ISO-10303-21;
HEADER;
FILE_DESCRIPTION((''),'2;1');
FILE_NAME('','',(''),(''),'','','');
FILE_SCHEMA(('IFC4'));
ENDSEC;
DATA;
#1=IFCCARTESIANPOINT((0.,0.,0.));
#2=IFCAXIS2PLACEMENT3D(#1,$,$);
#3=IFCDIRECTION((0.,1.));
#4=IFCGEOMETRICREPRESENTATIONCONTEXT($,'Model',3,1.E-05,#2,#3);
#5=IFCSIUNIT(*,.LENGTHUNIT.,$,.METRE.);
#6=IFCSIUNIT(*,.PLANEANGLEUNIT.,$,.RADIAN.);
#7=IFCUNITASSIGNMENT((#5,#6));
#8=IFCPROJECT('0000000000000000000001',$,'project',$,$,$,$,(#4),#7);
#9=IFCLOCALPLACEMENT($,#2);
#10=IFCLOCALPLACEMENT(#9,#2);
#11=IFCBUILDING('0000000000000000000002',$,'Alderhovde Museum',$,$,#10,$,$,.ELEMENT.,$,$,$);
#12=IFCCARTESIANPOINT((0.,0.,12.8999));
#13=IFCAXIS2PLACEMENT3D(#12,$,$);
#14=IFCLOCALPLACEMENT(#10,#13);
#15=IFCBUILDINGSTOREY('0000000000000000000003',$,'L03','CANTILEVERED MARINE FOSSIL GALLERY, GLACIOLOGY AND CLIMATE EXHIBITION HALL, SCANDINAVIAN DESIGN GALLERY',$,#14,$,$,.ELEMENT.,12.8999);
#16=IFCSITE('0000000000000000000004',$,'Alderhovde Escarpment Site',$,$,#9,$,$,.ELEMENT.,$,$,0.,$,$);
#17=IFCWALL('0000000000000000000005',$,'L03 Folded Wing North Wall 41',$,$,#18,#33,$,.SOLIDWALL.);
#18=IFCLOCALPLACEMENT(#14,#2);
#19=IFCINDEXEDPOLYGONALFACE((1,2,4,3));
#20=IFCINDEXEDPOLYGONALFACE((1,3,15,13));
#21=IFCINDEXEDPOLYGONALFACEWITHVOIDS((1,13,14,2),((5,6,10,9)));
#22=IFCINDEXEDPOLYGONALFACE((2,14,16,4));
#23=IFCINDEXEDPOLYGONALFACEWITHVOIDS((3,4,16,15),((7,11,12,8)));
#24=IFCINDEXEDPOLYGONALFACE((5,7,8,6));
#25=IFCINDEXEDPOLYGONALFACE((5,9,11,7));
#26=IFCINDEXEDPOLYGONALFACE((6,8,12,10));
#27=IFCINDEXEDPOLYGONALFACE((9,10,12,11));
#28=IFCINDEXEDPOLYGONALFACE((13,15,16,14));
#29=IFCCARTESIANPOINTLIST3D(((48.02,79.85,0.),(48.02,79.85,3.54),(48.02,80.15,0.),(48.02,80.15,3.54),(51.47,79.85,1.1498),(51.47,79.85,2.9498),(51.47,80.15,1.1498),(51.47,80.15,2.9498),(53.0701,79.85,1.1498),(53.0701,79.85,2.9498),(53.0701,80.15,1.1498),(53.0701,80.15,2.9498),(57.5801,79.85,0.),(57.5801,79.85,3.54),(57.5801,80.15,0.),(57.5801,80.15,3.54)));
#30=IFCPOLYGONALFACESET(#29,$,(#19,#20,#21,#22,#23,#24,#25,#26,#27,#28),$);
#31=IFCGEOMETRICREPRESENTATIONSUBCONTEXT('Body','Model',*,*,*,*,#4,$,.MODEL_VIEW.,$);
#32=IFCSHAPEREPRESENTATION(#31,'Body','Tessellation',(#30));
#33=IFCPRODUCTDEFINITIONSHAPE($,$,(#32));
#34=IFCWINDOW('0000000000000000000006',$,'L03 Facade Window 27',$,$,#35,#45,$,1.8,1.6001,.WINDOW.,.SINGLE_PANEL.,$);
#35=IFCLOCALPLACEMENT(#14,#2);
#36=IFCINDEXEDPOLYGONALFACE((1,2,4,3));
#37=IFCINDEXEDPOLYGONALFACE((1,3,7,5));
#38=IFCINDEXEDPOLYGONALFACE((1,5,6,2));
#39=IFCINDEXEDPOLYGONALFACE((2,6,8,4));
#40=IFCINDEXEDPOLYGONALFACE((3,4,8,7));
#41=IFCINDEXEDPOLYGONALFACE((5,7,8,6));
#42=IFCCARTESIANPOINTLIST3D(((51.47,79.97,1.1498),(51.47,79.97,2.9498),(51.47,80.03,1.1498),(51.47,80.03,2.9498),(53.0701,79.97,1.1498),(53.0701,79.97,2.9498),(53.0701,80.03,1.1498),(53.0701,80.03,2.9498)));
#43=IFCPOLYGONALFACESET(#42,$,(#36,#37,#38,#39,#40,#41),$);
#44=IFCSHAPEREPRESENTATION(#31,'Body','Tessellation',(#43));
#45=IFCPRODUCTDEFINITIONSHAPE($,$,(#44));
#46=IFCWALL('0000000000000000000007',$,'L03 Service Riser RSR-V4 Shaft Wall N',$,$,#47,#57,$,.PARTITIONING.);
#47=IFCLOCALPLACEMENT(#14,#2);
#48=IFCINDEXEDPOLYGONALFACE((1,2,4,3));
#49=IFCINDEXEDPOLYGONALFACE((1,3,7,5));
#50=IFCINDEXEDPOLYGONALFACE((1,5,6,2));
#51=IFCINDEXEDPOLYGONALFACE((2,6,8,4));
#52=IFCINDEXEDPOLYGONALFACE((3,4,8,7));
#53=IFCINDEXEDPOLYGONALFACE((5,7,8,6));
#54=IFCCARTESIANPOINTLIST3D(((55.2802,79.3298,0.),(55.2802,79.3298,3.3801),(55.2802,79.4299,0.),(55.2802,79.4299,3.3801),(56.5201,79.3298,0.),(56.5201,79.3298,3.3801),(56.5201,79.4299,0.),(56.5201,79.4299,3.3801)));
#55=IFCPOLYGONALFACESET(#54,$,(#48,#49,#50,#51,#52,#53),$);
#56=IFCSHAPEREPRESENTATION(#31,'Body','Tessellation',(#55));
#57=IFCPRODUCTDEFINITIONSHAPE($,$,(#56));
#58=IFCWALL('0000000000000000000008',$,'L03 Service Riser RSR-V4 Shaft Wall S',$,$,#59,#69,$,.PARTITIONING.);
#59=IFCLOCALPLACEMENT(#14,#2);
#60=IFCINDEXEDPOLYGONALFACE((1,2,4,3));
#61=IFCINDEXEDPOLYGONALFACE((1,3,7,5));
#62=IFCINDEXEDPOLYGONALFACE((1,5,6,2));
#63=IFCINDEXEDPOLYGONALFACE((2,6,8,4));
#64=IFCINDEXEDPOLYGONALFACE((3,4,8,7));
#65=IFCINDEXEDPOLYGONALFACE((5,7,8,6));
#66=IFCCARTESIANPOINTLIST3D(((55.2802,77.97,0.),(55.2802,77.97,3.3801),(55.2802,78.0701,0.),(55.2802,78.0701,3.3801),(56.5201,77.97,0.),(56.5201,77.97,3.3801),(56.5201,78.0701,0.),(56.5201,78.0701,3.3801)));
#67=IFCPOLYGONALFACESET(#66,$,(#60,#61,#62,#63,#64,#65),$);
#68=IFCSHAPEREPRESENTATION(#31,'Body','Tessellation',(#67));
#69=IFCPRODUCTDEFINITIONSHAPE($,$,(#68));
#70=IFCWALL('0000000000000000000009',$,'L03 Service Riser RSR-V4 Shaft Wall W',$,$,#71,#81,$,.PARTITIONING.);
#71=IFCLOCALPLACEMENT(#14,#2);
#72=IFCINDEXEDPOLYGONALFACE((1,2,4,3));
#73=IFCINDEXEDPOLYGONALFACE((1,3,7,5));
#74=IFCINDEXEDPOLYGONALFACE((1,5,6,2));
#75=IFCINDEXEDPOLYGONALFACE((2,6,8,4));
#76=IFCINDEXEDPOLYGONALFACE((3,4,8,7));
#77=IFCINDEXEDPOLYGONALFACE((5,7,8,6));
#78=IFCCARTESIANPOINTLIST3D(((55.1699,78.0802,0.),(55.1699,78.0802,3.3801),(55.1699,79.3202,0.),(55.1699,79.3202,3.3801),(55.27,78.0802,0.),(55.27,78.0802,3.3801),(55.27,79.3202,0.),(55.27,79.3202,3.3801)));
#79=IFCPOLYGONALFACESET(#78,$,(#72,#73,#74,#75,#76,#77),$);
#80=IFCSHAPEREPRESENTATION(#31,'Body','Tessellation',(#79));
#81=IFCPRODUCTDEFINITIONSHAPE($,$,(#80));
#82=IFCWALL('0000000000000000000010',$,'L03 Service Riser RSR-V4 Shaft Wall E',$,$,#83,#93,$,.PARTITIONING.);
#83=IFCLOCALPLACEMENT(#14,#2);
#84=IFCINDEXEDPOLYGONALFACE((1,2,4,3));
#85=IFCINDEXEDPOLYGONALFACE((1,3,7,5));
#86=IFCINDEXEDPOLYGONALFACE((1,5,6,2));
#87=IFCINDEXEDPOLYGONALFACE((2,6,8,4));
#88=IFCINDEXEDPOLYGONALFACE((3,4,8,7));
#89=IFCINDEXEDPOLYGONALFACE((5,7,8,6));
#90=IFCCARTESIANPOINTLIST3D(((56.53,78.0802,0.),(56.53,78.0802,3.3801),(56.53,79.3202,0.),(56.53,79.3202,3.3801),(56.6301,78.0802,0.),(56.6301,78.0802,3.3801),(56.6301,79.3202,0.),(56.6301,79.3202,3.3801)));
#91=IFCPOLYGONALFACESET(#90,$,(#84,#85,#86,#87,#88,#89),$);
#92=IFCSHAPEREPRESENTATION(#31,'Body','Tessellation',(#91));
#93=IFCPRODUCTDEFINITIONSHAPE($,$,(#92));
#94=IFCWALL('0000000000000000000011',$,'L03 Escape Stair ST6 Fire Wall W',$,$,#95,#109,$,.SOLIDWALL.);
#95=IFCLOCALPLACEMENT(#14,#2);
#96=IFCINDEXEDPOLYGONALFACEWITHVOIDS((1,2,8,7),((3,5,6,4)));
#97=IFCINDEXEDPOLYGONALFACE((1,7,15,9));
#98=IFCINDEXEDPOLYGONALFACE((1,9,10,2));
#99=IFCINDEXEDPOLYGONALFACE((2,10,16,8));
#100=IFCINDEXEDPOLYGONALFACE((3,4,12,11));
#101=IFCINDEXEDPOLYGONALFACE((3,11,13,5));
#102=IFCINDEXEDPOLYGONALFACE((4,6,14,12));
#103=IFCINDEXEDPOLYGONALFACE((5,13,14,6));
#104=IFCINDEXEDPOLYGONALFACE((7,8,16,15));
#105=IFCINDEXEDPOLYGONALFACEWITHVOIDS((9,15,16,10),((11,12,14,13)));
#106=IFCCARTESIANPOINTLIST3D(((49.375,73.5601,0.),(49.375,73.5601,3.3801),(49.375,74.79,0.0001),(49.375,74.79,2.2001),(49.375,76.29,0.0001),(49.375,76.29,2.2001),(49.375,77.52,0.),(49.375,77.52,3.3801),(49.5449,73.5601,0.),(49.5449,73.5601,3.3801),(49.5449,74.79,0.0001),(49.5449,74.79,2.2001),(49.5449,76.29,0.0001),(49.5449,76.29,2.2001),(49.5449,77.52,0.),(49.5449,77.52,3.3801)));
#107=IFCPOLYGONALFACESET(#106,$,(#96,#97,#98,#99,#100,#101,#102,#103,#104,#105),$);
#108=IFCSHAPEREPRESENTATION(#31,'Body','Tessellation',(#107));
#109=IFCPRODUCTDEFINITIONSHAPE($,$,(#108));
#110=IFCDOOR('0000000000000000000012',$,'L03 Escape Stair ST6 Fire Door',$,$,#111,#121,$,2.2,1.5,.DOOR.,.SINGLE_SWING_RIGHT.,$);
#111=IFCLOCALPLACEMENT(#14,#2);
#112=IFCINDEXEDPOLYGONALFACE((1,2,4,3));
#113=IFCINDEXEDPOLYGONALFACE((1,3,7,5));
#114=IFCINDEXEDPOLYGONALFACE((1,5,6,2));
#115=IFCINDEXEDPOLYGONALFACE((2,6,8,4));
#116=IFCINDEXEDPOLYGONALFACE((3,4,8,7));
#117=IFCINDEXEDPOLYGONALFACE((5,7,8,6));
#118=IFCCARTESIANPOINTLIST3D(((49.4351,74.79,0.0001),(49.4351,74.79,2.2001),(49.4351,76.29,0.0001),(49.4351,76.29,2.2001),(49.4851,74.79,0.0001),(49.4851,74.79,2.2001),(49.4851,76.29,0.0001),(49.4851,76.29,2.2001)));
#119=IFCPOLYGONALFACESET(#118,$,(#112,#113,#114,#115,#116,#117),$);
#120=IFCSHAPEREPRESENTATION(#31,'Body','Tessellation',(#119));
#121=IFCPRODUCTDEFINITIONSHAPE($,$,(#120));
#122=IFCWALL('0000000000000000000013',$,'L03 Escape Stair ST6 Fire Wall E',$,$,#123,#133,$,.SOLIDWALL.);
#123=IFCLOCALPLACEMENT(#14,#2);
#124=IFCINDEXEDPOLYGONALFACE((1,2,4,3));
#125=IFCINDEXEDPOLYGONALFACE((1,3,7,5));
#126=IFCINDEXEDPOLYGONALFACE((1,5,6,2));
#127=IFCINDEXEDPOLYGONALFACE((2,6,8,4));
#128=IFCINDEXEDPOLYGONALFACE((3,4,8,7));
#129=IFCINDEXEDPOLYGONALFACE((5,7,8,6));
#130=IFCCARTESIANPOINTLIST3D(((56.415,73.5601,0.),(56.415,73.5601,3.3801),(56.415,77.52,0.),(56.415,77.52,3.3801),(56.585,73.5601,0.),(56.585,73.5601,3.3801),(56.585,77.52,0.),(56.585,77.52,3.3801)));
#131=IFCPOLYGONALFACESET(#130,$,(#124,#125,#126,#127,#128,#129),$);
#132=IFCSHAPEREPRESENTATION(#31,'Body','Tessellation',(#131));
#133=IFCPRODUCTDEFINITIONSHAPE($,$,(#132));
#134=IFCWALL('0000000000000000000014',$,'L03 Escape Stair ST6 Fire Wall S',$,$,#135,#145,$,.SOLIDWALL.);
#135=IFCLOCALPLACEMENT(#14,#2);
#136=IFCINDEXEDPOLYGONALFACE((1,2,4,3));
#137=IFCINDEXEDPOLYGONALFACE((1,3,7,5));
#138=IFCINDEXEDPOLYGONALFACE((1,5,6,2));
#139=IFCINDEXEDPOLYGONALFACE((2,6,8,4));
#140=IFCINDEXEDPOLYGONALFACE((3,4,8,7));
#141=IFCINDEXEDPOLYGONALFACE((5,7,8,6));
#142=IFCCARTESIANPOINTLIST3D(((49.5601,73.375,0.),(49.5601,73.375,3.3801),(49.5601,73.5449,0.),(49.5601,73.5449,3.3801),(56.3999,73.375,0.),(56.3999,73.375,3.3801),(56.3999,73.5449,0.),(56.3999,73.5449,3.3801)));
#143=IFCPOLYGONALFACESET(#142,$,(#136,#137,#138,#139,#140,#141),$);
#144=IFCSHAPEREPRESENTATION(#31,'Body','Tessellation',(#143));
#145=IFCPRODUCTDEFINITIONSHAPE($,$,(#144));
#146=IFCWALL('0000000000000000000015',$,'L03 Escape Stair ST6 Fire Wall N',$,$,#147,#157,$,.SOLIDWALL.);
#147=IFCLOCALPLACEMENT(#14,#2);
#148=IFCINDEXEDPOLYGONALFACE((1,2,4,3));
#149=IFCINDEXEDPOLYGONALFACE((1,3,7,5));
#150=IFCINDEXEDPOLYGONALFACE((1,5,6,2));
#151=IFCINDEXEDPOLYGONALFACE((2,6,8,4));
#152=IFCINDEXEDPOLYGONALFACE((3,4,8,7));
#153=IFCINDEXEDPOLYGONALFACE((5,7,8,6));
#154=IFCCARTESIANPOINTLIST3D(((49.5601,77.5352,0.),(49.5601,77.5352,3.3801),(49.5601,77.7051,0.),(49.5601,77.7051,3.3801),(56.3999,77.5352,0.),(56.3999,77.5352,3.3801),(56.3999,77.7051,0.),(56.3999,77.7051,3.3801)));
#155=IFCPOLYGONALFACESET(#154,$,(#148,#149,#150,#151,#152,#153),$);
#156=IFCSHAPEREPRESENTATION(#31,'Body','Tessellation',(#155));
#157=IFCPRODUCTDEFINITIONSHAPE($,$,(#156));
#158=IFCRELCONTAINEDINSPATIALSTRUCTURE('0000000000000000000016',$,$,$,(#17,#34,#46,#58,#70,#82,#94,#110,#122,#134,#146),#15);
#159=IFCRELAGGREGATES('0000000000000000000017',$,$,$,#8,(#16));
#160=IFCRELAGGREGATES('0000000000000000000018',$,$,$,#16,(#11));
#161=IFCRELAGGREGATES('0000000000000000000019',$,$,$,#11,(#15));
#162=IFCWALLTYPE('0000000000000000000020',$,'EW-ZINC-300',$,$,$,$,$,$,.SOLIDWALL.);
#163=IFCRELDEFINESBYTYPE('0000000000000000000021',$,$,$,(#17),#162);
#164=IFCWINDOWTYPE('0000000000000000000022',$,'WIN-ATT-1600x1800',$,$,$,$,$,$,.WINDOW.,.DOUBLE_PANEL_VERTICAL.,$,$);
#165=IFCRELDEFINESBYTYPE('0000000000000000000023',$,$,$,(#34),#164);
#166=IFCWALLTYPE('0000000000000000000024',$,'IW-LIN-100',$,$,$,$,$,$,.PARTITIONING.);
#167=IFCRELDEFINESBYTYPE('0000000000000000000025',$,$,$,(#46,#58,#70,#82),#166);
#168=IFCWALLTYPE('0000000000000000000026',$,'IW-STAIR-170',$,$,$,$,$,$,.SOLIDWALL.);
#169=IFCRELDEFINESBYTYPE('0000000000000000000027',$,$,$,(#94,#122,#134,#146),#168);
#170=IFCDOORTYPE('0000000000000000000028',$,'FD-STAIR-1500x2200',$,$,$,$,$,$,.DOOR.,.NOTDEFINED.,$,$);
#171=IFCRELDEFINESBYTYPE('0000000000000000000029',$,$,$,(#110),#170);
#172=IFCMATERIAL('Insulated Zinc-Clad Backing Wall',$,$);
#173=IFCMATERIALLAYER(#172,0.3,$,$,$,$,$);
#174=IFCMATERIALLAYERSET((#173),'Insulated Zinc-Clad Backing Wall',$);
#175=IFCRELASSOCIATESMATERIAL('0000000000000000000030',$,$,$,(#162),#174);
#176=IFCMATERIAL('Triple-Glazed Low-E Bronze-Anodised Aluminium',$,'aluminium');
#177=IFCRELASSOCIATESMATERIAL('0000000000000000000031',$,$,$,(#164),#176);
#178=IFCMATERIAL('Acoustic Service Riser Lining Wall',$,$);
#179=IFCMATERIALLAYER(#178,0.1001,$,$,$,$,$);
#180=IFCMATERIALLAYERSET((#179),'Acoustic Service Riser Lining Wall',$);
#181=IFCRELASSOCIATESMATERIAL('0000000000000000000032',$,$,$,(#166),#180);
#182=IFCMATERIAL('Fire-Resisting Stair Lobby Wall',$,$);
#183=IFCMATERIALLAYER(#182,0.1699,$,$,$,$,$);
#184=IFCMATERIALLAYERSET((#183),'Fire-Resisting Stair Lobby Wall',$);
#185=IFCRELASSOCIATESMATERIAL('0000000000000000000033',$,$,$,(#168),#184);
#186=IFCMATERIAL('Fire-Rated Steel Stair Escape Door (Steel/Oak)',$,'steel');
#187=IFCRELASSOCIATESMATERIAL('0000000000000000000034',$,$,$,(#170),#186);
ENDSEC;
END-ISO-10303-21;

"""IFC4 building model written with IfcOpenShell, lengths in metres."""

from ifc_helpers import new_model, si_unit, direction, frame, frame_2d, origin, place, context, subcontext, project, spatial, rectangle, extrude, material, layer, layer_set, type_object, element, fill, save


model = new_model("IFC4")

# Units and contexts
model_context = context("Model", 3, precision=1e-05, world=origin(), true_north=direction((0.0, 1.0)))
body_context = subcontext(model_context, "Body", "Model", "MODEL_VIEW")
ifc_project = project(units=[si_unit("LENGTHUNIT", "METRE"), si_unit("PLANEANGLEUNIT", "RADIAN")], contexts=[model_context])

# Site, building, storey
site_placement = place(None, origin())
site = spatial("IfcSite", under=ifc_project, at=site_placement, Name="Alderhovde Escarpment Site", CompositionType="ELEMENT", RefElevation=0.0)
building_placement = place(site_placement, origin())
building = spatial("IfcBuilding", under=site, at=building_placement, Name="Alderhovde Museum", CompositionType="ELEMENT")
storey_placement = place(building_placement, frame((0.0, 0.0, 12.8999)))
storey = spatial("IfcBuildingStorey", under=building, at=storey_placement, Name="L03", Description="CANTILEVERED MARINE FOSSIL GALLERY, GLACIOLOGY AND CLIMATE EXHIBITION HALL, SCANDINAVIAN DESIGN GALLERY", CompositionType="ELEMENT", Elevation=12.8999)

# Wall, opening, window
ifc_material_1 = material(Name="Insulated Zinc-Clad Backing Wall")
ifc_layer_1 = layer(ifc_material_1, 0.3)
ifc_layer_set_1 = layer_set([ifc_layer_1], Name="Insulated Zinc-Clad Backing Wall")
wall_type_1 = type_object("IfcWallType", Name="EW-ZINC-300", PredefinedType="SOLIDWALL", material=ifc_layer_set_1)
wall_1_placement = place(storey_placement, frame((48.02, 80.0, 0.0), z_axis=(0.0, 0.0, 1.0), x_axis=(1.0, 0.0, 0.0)))
wall_1 = element("IfcWall", 1, at=wall_1_placement, inside=storey, type_object=wall_type_1, Name="L03 Folded Wing North Wall 41", PredefinedType="SOLIDWALL", context=body_context, shape_type="SweptSolid", body=[
    extrude(rectangle(XDim=9.5601, YDim=0.3, at=frame_2d((4.78, 0.0))), origin(), (0.0, 0.0, 1.0), 3.54),
])
opening_1_placement = place(wall_1_placement, frame((3.45, 0.0, 1.1499)))
opening_1 = element("IfcOpeningElement", 2, at=opening_1_placement, cuts=wall_1, PredefinedType="OPENING", context=body_context, shape_type="SweptSolid", body=[
    extrude(rectangle(XDim=1.6001, YDim=1.8, at=frame_2d((0.8, 0.8999))), frame((0.0, 0.1599, 0.0), z_axis=(0.0, -1.0, 0.0), x_axis=(1.0, 0.0, 0.0)), (0.0, 0.0, 1.0), 0.3201),
])
ifc_material_2 = material(Name="Triple-Glazed Low-E Bronze-Anodised Aluminium", Category="aluminium")
window_type_1 = type_object("IfcWindowType", Name="WIN-ATT-1600x1800", PartitioningType="DOUBLE_PANEL_VERTICAL", PredefinedType="WINDOW", material=ifc_material_2)
window_1_placement = place(opening_1_placement, origin())
window_1 = element("IfcWindow", 3, at=window_1_placement, inside=storey, type_object=window_type_1, Name="L03 Facade Window 27", OverallHeight=1.8, OverallWidth=1.6001, PartitioningType="SINGLE_PANEL", PredefinedType="WINDOW", context=body_context, shape_type="SweptSolid", body=[
    extrude(rectangle(XDim=1.6001, YDim=1.8, at=frame_2d((0.8, 0.8999))), frame((0.0, 0.03, 0.0), z_axis=(0.0, -1.0, 0.0), x_axis=(1.0, 0.0, 0.0)), (0.0, 0.0, 1.0), 0.0601),
])
fill(opening_1, window_1)

# Walls
ifc_material_3 = material(Name="Acoustic Service Riser Lining Wall")
ifc_layer_2 = layer(ifc_material_3, 0.1001)
ifc_layer_set_2 = layer_set([ifc_layer_2], Name="Acoustic Service Riser Lining Wall")
wall_type_2 = type_object("IfcWallType", Name="IW-LIN-100", PredefinedType="PARTITIONING", material=ifc_layer_set_2)
for number, where, z_axis, x_axis, name in (
    (4, (55.28, 79.3799, 0.0), (0.0, 0.0, 1.0), (1.0, 0.0, 0.0), "L03 Service Riser RSR-V4 Shaft Wall N"),
    (5, (55.28, 78.02, 0.0), (0.0, 0.0, 1.0), (1.0, 0.0, 0.0), "L03 Service Riser RSR-V4 Shaft Wall S"),
    (6, (55.22, 78.0801, 0.0), (0.0, 0.0, 1.0), (0.0, 1.0, 0.0), "L03 Service Riser RSR-V4 Shaft Wall W"),
    (7, (56.5801, 78.0801, 0.0), (0.0, 0.0, 1.0), (0.0, 1.0, 0.0), "L03 Service Riser RSR-V4 Shaft Wall E"),
):
    element("IfcWall", number, at=place(storey_placement, frame(where, z_axis=z_axis, x_axis=x_axis)), inside=storey, type_object=wall_type_2, Name=name, PredefinedType="PARTITIONING", context=body_context, shape_type="SweptSolid", body=[
        extrude(rectangle(XDim=1.24, YDim=0.1001, at=frame_2d((0.6201, 0.0))), origin(), (0.0, 0.0, 1.0), 3.3801),
    ])

# Wall, opening, door
ifc_material_4 = material(Name="Fire-Resisting Stair Lobby Wall")
ifc_layer_3 = layer(ifc_material_4, 0.1699)
ifc_layer_set_3 = layer_set([ifc_layer_3], Name="Fire-Resisting Stair Lobby Wall")
wall_type_3 = type_object("IfcWallType", Name="IW-STAIR-170", PredefinedType="SOLIDWALL", material=ifc_layer_set_3)
wall_2_placement = place(storey_placement, frame((49.46, 73.5601, 0.0), z_axis=(0.0, 0.0, 1.0), x_axis=(0.0, 1.0, 0.0)))
wall_2 = element("IfcWall", 8, at=wall_2_placement, inside=storey, type_object=wall_type_3, Name="L03 Escape Stair ST6 Fire Wall W", PredefinedType="SOLIDWALL", context=body_context, shape_type="SweptSolid", body=[
    extrude(rectangle(XDim=3.96, YDim=0.1699, at=frame_2d((1.98, 0.0))), origin(), (0.0, 0.0, 1.0), 3.3801),
])
opening_2_placement = place(wall_2_placement, frame((1.23, 0.0, 0.0)))
opening_2 = element("IfcOpeningElement", 9, at=opening_2_placement, cuts=wall_2, PredefinedType="OPENING", context=body_context, shape_type="SweptSolid", body=[
    extrude(rectangle(XDim=1.5, YDim=2.2, at=frame_2d((0.75, 1.1001))), frame((0.0, 0.095, 0.0), z_axis=(0.0, -1.0, 0.0), x_axis=(1.0, 0.0, 0.0)), (0.0, 0.0, 1.0), 0.1899),
])
ifc_material_5 = material(Name="Fire-Rated Steel Stair Escape Door (Steel/Oak)", Category="steel")
door_type = type_object("IfcDoorType", Name="FD-STAIR-1500x2200", OperationType="NOTDEFINED", PredefinedType="DOOR", material=ifc_material_5)
door_placement = place(opening_2_placement, origin())
door = element("IfcDoor", 10, at=door_placement, inside=storey, type_object=door_type, Name="L03 Escape Stair ST6 Fire Door", OperationType="SINGLE_SWING_RIGHT", OverallHeight=2.2, OverallWidth=1.5, PredefinedType="DOOR", context=body_context, shape_type="SweptSolid", body=[
    extrude(rectangle(XDim=1.5, YDim=2.2, at=frame_2d((0.75, 1.1001))), frame((0.0, 0.0249, 0.0), z_axis=(0.0, -1.0, 0.0), x_axis=(1.0, 0.0, 0.0)), (0.0, 0.0, 1.0), 0.05),
])
fill(opening_2, door)

# Walls
wall_3_placement = place(storey_placement, frame((56.5, 73.5601, 0.0), z_axis=(0.0, 0.0, 1.0), x_axis=(0.0, 1.0, 0.0)))
element("IfcWall", 11, at=wall_3_placement, inside=storey, type_object=wall_type_3, Name="L03 Escape Stair ST6 Fire Wall E", PredefinedType="SOLIDWALL", context=body_context, shape_type="SweptSolid", body=[
    extrude(rectangle(XDim=3.96, YDim=0.1699, at=frame_2d((1.98, 0.0))), origin(), (0.0, 0.0, 1.0), 3.3801),
])
for number, where, z_axis, x_axis, name in (
    (12, (49.5601, 73.46, 0.0), (0.0, 0.0, 1.0), (1.0, 0.0, 0.0), "L03 Escape Stair ST6 Fire Wall S"),
    (13, (49.5601, 77.6201, 0.0), (0.0, 0.0, 1.0), (1.0, 0.0, 0.0), "L03 Escape Stair ST6 Fire Wall N"),
):
    element("IfcWall", number, at=place(storey_placement, frame(where, z_axis=z_axis, x_axis=x_axis)), inside=storey, type_object=wall_type_3, Name=name, PredefinedType="SOLIDWALL", context=body_context, shape_type="SweptSolid", body=[
        extrude(rectangle(XDim=6.8398, YDim=0.1699, at=frame_2d((3.4199, 0.0))), origin(), (0.0, 0.0, 1.0), 3.3801),
    ])

save(model, "model.ifc")
